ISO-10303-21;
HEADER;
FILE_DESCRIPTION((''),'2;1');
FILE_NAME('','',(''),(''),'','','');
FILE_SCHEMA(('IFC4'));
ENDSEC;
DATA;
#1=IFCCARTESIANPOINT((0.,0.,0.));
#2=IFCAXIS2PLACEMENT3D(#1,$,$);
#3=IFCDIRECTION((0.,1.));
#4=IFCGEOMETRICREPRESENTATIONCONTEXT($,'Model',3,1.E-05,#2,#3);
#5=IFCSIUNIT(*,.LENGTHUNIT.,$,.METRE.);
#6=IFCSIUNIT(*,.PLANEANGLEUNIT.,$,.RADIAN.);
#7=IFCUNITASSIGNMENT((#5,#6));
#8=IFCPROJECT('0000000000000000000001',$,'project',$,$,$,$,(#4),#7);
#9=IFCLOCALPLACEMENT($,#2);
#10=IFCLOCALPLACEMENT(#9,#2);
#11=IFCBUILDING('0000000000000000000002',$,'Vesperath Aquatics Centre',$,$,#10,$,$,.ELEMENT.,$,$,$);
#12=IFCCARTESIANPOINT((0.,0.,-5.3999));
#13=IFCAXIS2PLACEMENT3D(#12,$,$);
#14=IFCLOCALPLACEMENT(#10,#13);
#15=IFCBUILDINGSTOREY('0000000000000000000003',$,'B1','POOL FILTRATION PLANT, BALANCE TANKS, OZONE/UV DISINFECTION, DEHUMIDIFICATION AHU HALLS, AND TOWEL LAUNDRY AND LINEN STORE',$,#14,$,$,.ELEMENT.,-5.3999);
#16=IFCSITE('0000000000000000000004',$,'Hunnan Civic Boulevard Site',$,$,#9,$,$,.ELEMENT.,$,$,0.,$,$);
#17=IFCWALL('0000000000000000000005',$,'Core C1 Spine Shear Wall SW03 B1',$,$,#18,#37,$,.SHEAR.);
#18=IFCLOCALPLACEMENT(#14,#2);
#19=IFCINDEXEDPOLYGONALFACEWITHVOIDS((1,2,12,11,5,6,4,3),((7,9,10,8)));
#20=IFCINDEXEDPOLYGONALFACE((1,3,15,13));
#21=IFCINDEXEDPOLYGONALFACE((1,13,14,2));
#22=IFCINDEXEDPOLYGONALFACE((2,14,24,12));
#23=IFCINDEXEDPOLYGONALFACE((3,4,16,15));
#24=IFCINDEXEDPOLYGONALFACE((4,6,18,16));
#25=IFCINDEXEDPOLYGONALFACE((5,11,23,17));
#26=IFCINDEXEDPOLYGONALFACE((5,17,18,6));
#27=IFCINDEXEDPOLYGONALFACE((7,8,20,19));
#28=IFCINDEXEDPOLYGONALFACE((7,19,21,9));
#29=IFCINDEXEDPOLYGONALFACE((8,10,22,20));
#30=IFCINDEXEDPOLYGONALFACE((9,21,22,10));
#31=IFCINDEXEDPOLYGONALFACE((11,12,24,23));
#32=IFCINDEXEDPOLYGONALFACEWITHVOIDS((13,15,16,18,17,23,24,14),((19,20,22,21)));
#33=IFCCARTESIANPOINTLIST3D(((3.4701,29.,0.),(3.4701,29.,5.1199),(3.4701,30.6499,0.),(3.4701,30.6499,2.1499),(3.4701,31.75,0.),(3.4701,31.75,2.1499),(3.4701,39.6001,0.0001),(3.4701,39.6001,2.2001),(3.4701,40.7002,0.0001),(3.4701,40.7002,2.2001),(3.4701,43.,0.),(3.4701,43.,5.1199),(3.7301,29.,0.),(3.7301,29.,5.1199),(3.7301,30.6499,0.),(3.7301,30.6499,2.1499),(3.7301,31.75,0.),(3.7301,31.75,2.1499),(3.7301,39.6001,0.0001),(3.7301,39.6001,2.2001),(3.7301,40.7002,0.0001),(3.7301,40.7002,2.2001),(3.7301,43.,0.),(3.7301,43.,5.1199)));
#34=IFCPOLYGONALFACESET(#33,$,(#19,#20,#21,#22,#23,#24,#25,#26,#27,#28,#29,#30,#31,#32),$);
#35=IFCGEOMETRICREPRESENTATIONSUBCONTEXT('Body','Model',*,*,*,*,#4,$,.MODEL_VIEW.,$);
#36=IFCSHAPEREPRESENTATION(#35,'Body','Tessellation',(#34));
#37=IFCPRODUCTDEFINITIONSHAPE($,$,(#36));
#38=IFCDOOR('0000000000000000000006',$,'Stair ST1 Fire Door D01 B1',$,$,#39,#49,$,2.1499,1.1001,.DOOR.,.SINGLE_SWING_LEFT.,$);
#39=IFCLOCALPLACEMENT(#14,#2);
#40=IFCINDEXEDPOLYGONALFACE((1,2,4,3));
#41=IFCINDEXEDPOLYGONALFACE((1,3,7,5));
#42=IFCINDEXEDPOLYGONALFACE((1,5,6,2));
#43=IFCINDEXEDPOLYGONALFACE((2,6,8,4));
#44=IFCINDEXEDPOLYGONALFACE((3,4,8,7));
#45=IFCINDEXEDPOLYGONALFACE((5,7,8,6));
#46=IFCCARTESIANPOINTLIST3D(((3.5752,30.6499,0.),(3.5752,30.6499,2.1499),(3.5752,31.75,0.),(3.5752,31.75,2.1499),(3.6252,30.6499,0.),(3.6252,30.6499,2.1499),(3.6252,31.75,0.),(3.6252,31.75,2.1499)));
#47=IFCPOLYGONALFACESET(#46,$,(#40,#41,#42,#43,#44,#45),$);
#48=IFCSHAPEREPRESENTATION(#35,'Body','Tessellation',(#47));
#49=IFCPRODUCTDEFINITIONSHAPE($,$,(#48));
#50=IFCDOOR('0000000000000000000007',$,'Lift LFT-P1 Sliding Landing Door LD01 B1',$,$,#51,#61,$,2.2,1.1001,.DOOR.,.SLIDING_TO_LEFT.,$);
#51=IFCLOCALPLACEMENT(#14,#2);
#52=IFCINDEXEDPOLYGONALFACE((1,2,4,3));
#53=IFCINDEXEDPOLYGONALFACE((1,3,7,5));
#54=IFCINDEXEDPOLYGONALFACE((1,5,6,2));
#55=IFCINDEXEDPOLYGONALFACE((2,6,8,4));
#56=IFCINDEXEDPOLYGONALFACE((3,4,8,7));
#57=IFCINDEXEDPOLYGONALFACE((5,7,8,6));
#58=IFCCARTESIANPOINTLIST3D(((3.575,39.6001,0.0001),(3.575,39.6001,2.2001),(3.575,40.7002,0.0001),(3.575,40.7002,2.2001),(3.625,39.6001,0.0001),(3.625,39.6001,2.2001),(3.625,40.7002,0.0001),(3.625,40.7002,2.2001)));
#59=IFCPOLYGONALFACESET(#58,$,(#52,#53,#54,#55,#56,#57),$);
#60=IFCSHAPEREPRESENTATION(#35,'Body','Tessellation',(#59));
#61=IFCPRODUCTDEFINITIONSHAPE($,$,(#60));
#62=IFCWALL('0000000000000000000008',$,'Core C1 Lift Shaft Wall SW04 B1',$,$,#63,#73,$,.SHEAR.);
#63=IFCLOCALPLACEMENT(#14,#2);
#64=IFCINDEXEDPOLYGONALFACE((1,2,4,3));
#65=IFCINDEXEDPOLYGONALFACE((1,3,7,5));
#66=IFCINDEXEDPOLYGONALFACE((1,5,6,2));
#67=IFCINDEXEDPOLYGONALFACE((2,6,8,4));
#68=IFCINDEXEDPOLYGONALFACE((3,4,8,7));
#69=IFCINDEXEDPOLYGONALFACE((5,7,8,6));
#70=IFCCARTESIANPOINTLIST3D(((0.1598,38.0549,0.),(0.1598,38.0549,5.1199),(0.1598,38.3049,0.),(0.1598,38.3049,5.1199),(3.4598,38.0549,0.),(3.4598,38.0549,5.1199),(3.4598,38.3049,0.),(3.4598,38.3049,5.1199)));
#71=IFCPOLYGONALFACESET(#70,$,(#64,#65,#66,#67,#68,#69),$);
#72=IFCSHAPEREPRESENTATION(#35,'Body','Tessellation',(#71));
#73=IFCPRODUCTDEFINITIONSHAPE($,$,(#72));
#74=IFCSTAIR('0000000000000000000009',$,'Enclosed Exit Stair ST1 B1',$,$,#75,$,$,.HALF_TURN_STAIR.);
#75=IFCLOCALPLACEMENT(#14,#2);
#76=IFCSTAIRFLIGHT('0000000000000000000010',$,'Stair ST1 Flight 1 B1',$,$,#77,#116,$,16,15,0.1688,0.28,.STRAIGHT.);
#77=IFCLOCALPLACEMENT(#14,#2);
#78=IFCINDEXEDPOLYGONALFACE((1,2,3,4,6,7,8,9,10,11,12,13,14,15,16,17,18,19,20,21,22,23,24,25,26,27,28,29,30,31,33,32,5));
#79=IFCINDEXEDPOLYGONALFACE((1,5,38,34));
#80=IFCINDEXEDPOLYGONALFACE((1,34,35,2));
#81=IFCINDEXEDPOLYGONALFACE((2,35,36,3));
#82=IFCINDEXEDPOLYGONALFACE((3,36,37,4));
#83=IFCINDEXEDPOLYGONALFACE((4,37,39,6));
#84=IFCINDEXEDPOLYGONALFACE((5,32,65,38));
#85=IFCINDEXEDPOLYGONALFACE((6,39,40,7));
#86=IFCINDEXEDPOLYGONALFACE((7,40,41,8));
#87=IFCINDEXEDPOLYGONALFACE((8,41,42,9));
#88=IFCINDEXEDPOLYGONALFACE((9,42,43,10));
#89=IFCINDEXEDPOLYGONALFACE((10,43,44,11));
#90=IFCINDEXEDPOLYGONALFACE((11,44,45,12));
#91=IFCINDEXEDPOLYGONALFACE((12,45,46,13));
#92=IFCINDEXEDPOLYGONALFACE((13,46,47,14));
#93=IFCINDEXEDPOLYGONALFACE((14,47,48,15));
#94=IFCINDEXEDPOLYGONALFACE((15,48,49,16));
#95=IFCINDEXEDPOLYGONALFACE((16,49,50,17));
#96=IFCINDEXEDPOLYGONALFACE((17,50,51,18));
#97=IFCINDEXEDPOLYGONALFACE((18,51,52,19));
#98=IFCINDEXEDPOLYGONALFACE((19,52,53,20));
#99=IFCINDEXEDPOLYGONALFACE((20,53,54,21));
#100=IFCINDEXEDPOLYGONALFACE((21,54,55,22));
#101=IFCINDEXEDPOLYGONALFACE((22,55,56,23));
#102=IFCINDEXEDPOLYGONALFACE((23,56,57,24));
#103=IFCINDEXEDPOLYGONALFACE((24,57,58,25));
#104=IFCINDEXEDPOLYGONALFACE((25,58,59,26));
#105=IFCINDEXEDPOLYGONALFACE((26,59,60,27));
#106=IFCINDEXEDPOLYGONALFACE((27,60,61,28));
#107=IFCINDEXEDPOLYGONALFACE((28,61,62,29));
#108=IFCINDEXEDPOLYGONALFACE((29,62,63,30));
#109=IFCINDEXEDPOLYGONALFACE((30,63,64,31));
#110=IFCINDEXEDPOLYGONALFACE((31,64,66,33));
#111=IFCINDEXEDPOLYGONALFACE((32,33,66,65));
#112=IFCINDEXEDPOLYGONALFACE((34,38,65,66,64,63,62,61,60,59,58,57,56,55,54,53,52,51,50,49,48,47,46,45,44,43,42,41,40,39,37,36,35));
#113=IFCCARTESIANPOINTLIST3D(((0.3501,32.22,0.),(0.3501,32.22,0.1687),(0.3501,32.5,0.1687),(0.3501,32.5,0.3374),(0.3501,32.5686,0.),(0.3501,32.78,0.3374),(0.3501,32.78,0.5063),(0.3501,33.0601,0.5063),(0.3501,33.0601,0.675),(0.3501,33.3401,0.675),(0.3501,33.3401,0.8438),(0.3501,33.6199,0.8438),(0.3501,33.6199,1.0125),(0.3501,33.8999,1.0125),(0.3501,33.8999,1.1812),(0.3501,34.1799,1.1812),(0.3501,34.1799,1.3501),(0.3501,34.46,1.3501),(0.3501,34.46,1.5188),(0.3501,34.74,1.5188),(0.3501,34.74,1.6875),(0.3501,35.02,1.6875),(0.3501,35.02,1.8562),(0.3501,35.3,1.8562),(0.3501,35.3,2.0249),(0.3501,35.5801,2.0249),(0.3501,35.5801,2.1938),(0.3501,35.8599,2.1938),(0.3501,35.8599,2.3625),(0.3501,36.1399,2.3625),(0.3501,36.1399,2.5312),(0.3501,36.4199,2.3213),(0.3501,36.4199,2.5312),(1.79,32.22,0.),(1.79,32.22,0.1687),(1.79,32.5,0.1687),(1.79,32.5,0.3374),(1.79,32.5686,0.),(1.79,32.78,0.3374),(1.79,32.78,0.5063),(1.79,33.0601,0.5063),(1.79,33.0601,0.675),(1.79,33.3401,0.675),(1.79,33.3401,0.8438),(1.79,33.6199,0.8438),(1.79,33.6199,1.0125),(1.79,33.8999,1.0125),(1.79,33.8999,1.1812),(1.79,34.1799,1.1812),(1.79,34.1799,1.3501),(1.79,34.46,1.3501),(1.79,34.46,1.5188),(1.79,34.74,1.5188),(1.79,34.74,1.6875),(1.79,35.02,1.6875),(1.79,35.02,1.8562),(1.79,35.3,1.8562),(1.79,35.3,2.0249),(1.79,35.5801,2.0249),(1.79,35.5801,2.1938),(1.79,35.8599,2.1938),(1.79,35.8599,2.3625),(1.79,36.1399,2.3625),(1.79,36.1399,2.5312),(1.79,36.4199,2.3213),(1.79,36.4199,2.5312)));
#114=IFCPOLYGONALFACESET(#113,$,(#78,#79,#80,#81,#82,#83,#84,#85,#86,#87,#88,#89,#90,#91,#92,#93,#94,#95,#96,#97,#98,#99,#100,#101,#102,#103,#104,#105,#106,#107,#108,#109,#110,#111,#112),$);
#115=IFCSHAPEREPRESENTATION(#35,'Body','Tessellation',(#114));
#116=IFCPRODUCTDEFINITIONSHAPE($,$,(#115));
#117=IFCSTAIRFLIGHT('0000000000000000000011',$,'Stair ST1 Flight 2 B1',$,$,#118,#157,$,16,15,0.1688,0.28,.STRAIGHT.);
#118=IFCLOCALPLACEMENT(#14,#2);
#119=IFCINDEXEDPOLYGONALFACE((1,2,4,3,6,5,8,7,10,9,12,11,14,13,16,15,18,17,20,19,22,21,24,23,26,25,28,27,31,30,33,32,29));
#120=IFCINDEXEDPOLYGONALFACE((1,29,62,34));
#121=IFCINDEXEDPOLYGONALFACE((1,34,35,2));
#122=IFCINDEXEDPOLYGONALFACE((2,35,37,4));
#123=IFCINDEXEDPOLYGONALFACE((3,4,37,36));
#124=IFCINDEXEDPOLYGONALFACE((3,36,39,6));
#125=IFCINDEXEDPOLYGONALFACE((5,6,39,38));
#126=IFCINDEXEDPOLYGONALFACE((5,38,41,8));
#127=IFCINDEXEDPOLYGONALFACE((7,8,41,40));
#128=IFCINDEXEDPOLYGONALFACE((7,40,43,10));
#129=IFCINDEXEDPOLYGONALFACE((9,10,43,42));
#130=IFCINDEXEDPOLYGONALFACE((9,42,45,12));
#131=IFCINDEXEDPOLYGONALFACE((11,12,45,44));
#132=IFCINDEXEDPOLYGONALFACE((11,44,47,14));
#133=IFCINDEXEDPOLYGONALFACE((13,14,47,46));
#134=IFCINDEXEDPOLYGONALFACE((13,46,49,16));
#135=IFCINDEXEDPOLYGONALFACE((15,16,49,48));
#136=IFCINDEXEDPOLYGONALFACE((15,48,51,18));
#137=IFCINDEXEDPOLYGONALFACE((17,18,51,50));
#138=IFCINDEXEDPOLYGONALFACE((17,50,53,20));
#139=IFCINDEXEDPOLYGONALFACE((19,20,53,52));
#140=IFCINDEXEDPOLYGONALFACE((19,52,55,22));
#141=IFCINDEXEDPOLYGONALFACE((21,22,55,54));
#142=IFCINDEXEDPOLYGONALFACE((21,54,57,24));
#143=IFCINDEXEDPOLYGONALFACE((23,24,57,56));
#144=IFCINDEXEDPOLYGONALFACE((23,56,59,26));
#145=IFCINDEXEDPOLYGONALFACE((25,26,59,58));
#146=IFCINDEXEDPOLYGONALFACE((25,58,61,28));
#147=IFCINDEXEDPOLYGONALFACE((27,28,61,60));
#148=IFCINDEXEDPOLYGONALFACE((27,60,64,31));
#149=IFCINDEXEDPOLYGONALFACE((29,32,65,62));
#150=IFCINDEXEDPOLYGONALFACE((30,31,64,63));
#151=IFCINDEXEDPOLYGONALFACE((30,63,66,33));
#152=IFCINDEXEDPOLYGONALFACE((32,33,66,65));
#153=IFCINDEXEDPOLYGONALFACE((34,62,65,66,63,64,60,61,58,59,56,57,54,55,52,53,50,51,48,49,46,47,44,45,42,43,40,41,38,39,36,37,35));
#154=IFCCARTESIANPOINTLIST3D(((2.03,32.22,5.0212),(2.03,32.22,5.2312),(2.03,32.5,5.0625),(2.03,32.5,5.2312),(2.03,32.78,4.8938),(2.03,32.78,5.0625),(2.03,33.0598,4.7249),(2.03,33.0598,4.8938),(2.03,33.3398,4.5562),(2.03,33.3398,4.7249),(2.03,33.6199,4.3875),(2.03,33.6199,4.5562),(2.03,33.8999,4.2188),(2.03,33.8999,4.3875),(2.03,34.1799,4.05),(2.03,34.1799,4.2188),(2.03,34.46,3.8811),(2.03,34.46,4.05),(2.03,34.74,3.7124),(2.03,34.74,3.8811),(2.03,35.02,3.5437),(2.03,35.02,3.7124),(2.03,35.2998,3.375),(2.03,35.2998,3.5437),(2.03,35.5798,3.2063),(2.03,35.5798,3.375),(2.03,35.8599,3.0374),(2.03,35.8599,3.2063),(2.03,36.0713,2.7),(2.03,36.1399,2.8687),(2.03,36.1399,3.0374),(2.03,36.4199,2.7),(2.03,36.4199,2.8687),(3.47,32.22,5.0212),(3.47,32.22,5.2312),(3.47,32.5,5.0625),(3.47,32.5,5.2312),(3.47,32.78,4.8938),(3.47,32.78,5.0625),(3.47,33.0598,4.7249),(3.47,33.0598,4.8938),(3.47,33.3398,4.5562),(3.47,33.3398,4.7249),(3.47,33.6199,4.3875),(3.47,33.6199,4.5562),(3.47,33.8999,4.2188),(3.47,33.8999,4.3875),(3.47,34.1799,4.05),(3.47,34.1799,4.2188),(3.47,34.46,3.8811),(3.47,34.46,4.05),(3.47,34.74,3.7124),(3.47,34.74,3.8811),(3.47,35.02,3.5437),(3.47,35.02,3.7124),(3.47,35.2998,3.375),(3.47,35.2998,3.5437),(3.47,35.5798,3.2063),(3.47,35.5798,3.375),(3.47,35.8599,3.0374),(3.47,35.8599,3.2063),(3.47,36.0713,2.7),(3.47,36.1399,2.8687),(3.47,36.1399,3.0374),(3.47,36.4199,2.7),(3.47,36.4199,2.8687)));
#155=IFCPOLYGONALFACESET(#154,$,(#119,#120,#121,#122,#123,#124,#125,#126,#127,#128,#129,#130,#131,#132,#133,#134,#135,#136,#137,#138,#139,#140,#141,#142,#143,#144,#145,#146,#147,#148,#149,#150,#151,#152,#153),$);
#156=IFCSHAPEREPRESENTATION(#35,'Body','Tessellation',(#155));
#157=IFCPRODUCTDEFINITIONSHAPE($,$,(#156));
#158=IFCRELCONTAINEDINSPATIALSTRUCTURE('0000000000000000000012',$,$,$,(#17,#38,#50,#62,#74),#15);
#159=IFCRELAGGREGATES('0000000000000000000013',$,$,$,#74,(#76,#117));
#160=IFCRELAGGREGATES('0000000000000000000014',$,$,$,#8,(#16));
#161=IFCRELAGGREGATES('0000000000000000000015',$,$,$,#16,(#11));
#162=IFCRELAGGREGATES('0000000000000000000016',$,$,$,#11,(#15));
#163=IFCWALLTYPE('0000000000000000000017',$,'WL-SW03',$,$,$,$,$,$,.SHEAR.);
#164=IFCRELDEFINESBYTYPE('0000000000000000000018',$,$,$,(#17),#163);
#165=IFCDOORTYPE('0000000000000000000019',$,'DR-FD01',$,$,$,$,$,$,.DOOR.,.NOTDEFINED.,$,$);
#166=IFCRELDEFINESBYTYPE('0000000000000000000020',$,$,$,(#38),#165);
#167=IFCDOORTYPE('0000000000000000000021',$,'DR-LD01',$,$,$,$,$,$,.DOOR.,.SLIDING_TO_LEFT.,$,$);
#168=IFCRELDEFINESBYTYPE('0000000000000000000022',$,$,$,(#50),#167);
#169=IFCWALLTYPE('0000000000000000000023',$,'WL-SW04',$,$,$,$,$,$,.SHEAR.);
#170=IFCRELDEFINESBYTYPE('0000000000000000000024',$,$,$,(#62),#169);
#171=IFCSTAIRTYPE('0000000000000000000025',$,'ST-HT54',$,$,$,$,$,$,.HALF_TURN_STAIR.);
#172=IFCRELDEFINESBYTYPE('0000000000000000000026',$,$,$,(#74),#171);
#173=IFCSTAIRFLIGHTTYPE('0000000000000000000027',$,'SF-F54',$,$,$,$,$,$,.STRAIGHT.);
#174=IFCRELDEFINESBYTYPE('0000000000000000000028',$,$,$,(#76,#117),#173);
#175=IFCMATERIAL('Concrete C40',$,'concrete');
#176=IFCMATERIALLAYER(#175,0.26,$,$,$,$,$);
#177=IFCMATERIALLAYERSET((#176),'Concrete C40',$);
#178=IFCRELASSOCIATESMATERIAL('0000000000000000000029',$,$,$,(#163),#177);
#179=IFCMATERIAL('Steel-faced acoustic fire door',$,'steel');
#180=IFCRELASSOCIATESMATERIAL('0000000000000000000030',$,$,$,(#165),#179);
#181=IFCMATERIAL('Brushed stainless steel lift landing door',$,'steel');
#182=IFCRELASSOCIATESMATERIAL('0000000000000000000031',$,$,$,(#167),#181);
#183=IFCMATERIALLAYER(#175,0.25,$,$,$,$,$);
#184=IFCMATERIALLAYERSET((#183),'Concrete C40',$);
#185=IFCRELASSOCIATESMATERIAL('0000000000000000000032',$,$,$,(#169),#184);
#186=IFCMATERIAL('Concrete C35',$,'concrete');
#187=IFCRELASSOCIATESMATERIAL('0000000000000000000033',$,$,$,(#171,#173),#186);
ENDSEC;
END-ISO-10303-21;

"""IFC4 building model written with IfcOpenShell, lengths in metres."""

from ifc_helpers import new_model, si_unit, direction, frame, frame_2d, origin, place, context, subcontext, project, spatial, polyline, rectangle, outline, extrude, material, layer, layer_set, type_object, element, fill, aggregate, save


model = new_model("IFC4")

# Units and contexts
model_context = context("Model", 3, precision=1e-05, world=origin(), true_north=direction((0.0, 1.0)))
body_context = subcontext(model_context, "Body", "Model", "MODEL_VIEW")
ifc_project = project(units=[si_unit("LENGTHUNIT", "METRE"), si_unit("PLANEANGLEUNIT", "RADIAN")], contexts=[model_context])

# Site, building, storey
site_placement = place(None, origin())
site = spatial("IfcSite", under=ifc_project, at=site_placement, Name="Hunnan Civic Boulevard Site", CompositionType="ELEMENT", RefElevation=0.0)
building_placement = place(site_placement, origin())
building = spatial("IfcBuilding", under=site, at=building_placement, Name="Vesperath Aquatics Centre", CompositionType="ELEMENT")
storey_placement = place(building_placement, frame((0.0, 0.0, -5.3999)))
storey = spatial("IfcBuildingStorey", under=building, at=storey_placement, Name="B1", Description="POOL FILTRATION PLANT, BALANCE TANKS, OZONE/UV DISINFECTION, DEHUMIDIFICATION AHU HALLS, AND TOWEL LAUNDRY AND LINEN STORE", CompositionType="ELEMENT", Elevation=-5.3999)

# Shared definitions
ifc_material_1 = material(Name="Concrete C40", Category="concrete")

# Shared definitions
ifc_material_2 = material(Name="Concrete C35", Category="concrete")

# Wall, openings, doors
ifc_layer_1 = layer(ifc_material_1, 0.26)
ifc_layer_set_1 = layer_set([ifc_layer_1], Name="Concrete C40")
wall_type_1 = type_object("IfcWallType", Name="WL-SW03", PredefinedType="SHEAR", material=ifc_layer_set_1)
wall_1_placement = place(storey_placement, frame((3.6001, 29.0, 0.0), z_axis=(0.0, 0.0, 1.0), x_axis=(0.0, 1.0, 0.0)))
wall_1 = element("IfcWall", 1, at=wall_1_placement, inside=storey, type_object=wall_type_1, Name="Core C1 Spine Shear Wall SW03 B1", PredefinedType="SHEAR", context=body_context, shape_type="SweptSolid", body=[
    extrude(rectangle(XDim=14.0, YDim=0.26, at=frame_2d((7.0, 0.0))), origin(), (0.0, 0.0, 1.0), 5.1199),
])
opening_1_placement = place(wall_1_placement, frame((1.6499, 0.0, 0.0)))
opening_1 = element("IfcOpeningElement", 2, at=opening_1_placement, cuts=wall_1, PredefinedType="OPENING", context=body_context, shape_type="SweptSolid", body=[
    extrude(rectangle(XDim=1.1001, YDim=2.1499, at=frame_2d((0.55, 1.075))), frame((0.0, 0.145, 0.0), z_axis=(0.0, -1.0, 0.0), x_axis=(1.0, 0.0, 0.0)), (0.0, 0.0, 1.0), 0.2898),
])
opening_2_placement = place(wall_1_placement, frame((10.6001, 0.0, 0.0)))
opening_2 = element("IfcOpeningElement", 3, at=opening_2_placement, cuts=wall_1, PredefinedType="OPENING", context=body_context, shape_type="SweptSolid", body=[
    extrude(rectangle(XDim=1.1001, YDim=2.2, at=frame_2d((0.55, 1.1001))), frame((0.0, 0.145, 0.0), z_axis=(0.0, -1.0, 0.0), x_axis=(1.0, 0.0, 0.0)), (0.0, 0.0, 1.0), 0.2898),
])
ifc_material_3 = material(Name="Steel-faced acoustic fire door", Category="steel")
door_type_1 = type_object("IfcDoorType", Name="DR-FD01", OperationType="NOTDEFINED", PredefinedType="DOOR", material=ifc_material_3)
door_1_placement = place(opening_1_placement, origin())
door_1 = element("IfcDoor", 4, at=door_1_placement, inside=storey, type_object=door_type_1, Name="Stair ST1 Fire Door D01 B1", OperationType="SINGLE_SWING_LEFT", OverallHeight=2.1499, OverallWidth=1.1001, PredefinedType="DOOR", context=body_context, shape_type="SweptSolid", body=[
    extrude(rectangle(XDim=1.1001, YDim=2.1499, at=frame_2d((0.55, 1.075))), frame((0.0, 0.0249, 0.0), z_axis=(0.0, -1.0, 0.0), x_axis=(1.0, 0.0, 0.0)), (0.0, 0.0, 1.0), 0.05),
])
fill(opening_1, door_1)
ifc_material_4 = material(Name="Brushed stainless steel lift landing door", Category="steel")
door_type_2 = type_object("IfcDoorType", Name="DR-LD01", OperationType="SLIDING_TO_LEFT", PredefinedType="DOOR", material=ifc_material_4)
door_2_placement = place(opening_2_placement, frame((1.1001, 0.0, 0.0), z_axis=(0.0, 0.0, 1.0), x_axis=(-1.0, 0.0, 0.0)))
door_2 = element("IfcDoor", 5, at=door_2_placement, inside=storey, type_object=door_type_2, Name="Lift LFT-P1 Sliding Landing Door LD01 B1", OperationType="SLIDING_TO_LEFT", OverallHeight=2.2, OverallWidth=1.1001, PredefinedType="DOOR", context=body_context, shape_type="SweptSolid", body=[
    extrude(rectangle(XDim=1.1001, YDim=2.2, at=frame_2d((0.55, 1.1001))), frame((0.0, 0.0249, 0.0), z_axis=(0.0, -1.0, 0.0), x_axis=(1.0, 0.0, 0.0)), (0.0, 0.0, 1.0), 0.05),
])
fill(opening_2, door_2)

# Wall
ifc_layer_2 = layer(ifc_material_1, 0.25)
ifc_layer_set_2 = layer_set([ifc_layer_2], Name="Concrete C40")
wall_type_2 = type_object("IfcWallType", Name="WL-SW04", PredefinedType="SHEAR", material=ifc_layer_set_2)
wall_2_placement = place(storey_placement, frame((0.1599, 38.1799, 0.0), z_axis=(0.0, 0.0, 1.0), x_axis=(1.0, 0.0, 0.0)))
element("IfcWall", 6, at=wall_2_placement, inside=storey, type_object=wall_type_2, Name="Core C1 Lift Shaft Wall SW04 B1", PredefinedType="SHEAR", context=body_context, shape_type="SweptSolid", body=[
    extrude(rectangle(XDim=3.3, YDim=0.25, at=frame_2d((1.6499, 0.0))), origin(), (0.0, 0.0, 1.0), 5.1199),
])

# Stair, stair flights
stair_type = type_object("IfcStairType", Name="ST-HT54", PredefinedType="HALF_TURN_STAIR", material=ifc_material_2)
stair_placement = place(storey_placement, origin())
stair = element("IfcStair", 7, at=stair_placement, inside=storey, type_object=stair_type, Name="Enclosed Exit Stair ST1 B1", PredefinedType="HALF_TURN_STAIR")
stair_flight_type = type_object("IfcStairFlightType", Name="SF-F54", PredefinedType="STRAIGHT", material=ifc_material_2)
stair_flight_1_placement = place(storey_placement, frame((1.0701, 32.22, 0.0), z_axis=(0.0, 0.0, 1.0), x_axis=(0.0, 1.0, 0.0)))
stair_flight_1 = element("IfcStairFlight", 8, at=stair_flight_1_placement, type_object=stair_flight_type, Name="Stair ST1 Flight 1 B1", NumberOfRisers=16, NumberOfTreads=15, PredefinedType="STRAIGHT", RiserHeight=0.1688, TreadLength=0.28, context=body_context, shape_type="SweptSolid", body=[
    extrude(outline(polyline([(0.0, 0.0), (0.0, 0.1687), (0.28, 0.1687), (0.28, 0.3374), (0.5601, 0.3374), (0.5601, 0.5063), (0.8401, 0.5063), (0.8401, 0.675), (1.1201, 0.675), (1.1201, 0.8438), (1.3999, 0.8438), (1.3999, 1.0125), (1.6799, 1.0125), (1.6799, 1.1812), (1.96, 1.1812), (1.96, 1.3501), (2.24, 1.3501), (2.24, 1.5188), (2.52, 1.5188), (2.52, 1.6875), (2.8, 1.6875), (2.8, 1.8562), (3.0801, 1.8562), (3.0801, 2.0249), (3.3601, 2.0249), (3.3601, 2.1938), (3.6399, 2.1938), (3.6399, 2.3625), (3.9199, 2.3625), (3.9199, 2.5312), (4.2, 2.5312), (4.2, 2.7), (4.2, 2.3213), (0.3486, 0.0), (0.0, 0.0)])), frame((0.0, 0.72, 0.0), z_axis=(0.0, -1.0, 0.0), x_axis=(1.0, 0.0, 0.0)), (0.0, 0.0, 1.0), 1.4399),
])
stair_flight_2_placement = place(storey_placement, frame((2.75, 36.4199, 2.7), z_axis=(0.0, 0.0, 1.0), x_axis=(0.0, -1.0, 0.0)))
stair_flight_2 = element("IfcStairFlight", 9, at=stair_flight_2_placement, type_object=stair_flight_type, Name="Stair ST1 Flight 2 B1", NumberOfRisers=16, NumberOfTreads=15, PredefinedType="STRAIGHT", RiserHeight=0.1688, TreadLength=0.28, context=body_context, shape_type="SweptSolid", body=[
    extrude(outline(polyline([(0.0, 0.0), (0.0, 0.1687), (0.28, 0.1687), (0.28, 0.3374), (0.5601, 0.3374), (0.5601, 0.5063), (0.8401, 0.5063), (0.8401, 0.675), (1.1201, 0.675), (1.1201, 0.8438), (1.3999, 0.8438), (1.3999, 1.0125), (1.6799, 1.0125), (1.6799, 1.1812), (1.96, 1.1812), (1.96, 1.3501), (2.24, 1.3501), (2.24, 1.5188), (2.52, 1.5188), (2.52, 1.6875), (2.8, 1.6875), (2.8, 1.8562), (3.0801, 1.8562), (3.0801, 2.0249), (3.3601, 2.0249), (3.3601, 2.1938), (3.6399, 2.1938), (3.6399, 2.3625), (3.9199, 2.3625), (3.9199, 2.5312), (4.2, 2.5312), (4.2, 2.7), (4.2, 2.3213), (0.3486, 0.0), (0.0, 0.0)])), frame((0.0, 0.72, 0.0), z_axis=(0.0, -1.0, 0.0), x_axis=(1.0, 0.0, 0.0)), (0.0, 0.0, 1.0), 1.4399),
])
aggregate(stair, [stair_flight_1, stair_flight_2])

save(model, "model.ifc")
